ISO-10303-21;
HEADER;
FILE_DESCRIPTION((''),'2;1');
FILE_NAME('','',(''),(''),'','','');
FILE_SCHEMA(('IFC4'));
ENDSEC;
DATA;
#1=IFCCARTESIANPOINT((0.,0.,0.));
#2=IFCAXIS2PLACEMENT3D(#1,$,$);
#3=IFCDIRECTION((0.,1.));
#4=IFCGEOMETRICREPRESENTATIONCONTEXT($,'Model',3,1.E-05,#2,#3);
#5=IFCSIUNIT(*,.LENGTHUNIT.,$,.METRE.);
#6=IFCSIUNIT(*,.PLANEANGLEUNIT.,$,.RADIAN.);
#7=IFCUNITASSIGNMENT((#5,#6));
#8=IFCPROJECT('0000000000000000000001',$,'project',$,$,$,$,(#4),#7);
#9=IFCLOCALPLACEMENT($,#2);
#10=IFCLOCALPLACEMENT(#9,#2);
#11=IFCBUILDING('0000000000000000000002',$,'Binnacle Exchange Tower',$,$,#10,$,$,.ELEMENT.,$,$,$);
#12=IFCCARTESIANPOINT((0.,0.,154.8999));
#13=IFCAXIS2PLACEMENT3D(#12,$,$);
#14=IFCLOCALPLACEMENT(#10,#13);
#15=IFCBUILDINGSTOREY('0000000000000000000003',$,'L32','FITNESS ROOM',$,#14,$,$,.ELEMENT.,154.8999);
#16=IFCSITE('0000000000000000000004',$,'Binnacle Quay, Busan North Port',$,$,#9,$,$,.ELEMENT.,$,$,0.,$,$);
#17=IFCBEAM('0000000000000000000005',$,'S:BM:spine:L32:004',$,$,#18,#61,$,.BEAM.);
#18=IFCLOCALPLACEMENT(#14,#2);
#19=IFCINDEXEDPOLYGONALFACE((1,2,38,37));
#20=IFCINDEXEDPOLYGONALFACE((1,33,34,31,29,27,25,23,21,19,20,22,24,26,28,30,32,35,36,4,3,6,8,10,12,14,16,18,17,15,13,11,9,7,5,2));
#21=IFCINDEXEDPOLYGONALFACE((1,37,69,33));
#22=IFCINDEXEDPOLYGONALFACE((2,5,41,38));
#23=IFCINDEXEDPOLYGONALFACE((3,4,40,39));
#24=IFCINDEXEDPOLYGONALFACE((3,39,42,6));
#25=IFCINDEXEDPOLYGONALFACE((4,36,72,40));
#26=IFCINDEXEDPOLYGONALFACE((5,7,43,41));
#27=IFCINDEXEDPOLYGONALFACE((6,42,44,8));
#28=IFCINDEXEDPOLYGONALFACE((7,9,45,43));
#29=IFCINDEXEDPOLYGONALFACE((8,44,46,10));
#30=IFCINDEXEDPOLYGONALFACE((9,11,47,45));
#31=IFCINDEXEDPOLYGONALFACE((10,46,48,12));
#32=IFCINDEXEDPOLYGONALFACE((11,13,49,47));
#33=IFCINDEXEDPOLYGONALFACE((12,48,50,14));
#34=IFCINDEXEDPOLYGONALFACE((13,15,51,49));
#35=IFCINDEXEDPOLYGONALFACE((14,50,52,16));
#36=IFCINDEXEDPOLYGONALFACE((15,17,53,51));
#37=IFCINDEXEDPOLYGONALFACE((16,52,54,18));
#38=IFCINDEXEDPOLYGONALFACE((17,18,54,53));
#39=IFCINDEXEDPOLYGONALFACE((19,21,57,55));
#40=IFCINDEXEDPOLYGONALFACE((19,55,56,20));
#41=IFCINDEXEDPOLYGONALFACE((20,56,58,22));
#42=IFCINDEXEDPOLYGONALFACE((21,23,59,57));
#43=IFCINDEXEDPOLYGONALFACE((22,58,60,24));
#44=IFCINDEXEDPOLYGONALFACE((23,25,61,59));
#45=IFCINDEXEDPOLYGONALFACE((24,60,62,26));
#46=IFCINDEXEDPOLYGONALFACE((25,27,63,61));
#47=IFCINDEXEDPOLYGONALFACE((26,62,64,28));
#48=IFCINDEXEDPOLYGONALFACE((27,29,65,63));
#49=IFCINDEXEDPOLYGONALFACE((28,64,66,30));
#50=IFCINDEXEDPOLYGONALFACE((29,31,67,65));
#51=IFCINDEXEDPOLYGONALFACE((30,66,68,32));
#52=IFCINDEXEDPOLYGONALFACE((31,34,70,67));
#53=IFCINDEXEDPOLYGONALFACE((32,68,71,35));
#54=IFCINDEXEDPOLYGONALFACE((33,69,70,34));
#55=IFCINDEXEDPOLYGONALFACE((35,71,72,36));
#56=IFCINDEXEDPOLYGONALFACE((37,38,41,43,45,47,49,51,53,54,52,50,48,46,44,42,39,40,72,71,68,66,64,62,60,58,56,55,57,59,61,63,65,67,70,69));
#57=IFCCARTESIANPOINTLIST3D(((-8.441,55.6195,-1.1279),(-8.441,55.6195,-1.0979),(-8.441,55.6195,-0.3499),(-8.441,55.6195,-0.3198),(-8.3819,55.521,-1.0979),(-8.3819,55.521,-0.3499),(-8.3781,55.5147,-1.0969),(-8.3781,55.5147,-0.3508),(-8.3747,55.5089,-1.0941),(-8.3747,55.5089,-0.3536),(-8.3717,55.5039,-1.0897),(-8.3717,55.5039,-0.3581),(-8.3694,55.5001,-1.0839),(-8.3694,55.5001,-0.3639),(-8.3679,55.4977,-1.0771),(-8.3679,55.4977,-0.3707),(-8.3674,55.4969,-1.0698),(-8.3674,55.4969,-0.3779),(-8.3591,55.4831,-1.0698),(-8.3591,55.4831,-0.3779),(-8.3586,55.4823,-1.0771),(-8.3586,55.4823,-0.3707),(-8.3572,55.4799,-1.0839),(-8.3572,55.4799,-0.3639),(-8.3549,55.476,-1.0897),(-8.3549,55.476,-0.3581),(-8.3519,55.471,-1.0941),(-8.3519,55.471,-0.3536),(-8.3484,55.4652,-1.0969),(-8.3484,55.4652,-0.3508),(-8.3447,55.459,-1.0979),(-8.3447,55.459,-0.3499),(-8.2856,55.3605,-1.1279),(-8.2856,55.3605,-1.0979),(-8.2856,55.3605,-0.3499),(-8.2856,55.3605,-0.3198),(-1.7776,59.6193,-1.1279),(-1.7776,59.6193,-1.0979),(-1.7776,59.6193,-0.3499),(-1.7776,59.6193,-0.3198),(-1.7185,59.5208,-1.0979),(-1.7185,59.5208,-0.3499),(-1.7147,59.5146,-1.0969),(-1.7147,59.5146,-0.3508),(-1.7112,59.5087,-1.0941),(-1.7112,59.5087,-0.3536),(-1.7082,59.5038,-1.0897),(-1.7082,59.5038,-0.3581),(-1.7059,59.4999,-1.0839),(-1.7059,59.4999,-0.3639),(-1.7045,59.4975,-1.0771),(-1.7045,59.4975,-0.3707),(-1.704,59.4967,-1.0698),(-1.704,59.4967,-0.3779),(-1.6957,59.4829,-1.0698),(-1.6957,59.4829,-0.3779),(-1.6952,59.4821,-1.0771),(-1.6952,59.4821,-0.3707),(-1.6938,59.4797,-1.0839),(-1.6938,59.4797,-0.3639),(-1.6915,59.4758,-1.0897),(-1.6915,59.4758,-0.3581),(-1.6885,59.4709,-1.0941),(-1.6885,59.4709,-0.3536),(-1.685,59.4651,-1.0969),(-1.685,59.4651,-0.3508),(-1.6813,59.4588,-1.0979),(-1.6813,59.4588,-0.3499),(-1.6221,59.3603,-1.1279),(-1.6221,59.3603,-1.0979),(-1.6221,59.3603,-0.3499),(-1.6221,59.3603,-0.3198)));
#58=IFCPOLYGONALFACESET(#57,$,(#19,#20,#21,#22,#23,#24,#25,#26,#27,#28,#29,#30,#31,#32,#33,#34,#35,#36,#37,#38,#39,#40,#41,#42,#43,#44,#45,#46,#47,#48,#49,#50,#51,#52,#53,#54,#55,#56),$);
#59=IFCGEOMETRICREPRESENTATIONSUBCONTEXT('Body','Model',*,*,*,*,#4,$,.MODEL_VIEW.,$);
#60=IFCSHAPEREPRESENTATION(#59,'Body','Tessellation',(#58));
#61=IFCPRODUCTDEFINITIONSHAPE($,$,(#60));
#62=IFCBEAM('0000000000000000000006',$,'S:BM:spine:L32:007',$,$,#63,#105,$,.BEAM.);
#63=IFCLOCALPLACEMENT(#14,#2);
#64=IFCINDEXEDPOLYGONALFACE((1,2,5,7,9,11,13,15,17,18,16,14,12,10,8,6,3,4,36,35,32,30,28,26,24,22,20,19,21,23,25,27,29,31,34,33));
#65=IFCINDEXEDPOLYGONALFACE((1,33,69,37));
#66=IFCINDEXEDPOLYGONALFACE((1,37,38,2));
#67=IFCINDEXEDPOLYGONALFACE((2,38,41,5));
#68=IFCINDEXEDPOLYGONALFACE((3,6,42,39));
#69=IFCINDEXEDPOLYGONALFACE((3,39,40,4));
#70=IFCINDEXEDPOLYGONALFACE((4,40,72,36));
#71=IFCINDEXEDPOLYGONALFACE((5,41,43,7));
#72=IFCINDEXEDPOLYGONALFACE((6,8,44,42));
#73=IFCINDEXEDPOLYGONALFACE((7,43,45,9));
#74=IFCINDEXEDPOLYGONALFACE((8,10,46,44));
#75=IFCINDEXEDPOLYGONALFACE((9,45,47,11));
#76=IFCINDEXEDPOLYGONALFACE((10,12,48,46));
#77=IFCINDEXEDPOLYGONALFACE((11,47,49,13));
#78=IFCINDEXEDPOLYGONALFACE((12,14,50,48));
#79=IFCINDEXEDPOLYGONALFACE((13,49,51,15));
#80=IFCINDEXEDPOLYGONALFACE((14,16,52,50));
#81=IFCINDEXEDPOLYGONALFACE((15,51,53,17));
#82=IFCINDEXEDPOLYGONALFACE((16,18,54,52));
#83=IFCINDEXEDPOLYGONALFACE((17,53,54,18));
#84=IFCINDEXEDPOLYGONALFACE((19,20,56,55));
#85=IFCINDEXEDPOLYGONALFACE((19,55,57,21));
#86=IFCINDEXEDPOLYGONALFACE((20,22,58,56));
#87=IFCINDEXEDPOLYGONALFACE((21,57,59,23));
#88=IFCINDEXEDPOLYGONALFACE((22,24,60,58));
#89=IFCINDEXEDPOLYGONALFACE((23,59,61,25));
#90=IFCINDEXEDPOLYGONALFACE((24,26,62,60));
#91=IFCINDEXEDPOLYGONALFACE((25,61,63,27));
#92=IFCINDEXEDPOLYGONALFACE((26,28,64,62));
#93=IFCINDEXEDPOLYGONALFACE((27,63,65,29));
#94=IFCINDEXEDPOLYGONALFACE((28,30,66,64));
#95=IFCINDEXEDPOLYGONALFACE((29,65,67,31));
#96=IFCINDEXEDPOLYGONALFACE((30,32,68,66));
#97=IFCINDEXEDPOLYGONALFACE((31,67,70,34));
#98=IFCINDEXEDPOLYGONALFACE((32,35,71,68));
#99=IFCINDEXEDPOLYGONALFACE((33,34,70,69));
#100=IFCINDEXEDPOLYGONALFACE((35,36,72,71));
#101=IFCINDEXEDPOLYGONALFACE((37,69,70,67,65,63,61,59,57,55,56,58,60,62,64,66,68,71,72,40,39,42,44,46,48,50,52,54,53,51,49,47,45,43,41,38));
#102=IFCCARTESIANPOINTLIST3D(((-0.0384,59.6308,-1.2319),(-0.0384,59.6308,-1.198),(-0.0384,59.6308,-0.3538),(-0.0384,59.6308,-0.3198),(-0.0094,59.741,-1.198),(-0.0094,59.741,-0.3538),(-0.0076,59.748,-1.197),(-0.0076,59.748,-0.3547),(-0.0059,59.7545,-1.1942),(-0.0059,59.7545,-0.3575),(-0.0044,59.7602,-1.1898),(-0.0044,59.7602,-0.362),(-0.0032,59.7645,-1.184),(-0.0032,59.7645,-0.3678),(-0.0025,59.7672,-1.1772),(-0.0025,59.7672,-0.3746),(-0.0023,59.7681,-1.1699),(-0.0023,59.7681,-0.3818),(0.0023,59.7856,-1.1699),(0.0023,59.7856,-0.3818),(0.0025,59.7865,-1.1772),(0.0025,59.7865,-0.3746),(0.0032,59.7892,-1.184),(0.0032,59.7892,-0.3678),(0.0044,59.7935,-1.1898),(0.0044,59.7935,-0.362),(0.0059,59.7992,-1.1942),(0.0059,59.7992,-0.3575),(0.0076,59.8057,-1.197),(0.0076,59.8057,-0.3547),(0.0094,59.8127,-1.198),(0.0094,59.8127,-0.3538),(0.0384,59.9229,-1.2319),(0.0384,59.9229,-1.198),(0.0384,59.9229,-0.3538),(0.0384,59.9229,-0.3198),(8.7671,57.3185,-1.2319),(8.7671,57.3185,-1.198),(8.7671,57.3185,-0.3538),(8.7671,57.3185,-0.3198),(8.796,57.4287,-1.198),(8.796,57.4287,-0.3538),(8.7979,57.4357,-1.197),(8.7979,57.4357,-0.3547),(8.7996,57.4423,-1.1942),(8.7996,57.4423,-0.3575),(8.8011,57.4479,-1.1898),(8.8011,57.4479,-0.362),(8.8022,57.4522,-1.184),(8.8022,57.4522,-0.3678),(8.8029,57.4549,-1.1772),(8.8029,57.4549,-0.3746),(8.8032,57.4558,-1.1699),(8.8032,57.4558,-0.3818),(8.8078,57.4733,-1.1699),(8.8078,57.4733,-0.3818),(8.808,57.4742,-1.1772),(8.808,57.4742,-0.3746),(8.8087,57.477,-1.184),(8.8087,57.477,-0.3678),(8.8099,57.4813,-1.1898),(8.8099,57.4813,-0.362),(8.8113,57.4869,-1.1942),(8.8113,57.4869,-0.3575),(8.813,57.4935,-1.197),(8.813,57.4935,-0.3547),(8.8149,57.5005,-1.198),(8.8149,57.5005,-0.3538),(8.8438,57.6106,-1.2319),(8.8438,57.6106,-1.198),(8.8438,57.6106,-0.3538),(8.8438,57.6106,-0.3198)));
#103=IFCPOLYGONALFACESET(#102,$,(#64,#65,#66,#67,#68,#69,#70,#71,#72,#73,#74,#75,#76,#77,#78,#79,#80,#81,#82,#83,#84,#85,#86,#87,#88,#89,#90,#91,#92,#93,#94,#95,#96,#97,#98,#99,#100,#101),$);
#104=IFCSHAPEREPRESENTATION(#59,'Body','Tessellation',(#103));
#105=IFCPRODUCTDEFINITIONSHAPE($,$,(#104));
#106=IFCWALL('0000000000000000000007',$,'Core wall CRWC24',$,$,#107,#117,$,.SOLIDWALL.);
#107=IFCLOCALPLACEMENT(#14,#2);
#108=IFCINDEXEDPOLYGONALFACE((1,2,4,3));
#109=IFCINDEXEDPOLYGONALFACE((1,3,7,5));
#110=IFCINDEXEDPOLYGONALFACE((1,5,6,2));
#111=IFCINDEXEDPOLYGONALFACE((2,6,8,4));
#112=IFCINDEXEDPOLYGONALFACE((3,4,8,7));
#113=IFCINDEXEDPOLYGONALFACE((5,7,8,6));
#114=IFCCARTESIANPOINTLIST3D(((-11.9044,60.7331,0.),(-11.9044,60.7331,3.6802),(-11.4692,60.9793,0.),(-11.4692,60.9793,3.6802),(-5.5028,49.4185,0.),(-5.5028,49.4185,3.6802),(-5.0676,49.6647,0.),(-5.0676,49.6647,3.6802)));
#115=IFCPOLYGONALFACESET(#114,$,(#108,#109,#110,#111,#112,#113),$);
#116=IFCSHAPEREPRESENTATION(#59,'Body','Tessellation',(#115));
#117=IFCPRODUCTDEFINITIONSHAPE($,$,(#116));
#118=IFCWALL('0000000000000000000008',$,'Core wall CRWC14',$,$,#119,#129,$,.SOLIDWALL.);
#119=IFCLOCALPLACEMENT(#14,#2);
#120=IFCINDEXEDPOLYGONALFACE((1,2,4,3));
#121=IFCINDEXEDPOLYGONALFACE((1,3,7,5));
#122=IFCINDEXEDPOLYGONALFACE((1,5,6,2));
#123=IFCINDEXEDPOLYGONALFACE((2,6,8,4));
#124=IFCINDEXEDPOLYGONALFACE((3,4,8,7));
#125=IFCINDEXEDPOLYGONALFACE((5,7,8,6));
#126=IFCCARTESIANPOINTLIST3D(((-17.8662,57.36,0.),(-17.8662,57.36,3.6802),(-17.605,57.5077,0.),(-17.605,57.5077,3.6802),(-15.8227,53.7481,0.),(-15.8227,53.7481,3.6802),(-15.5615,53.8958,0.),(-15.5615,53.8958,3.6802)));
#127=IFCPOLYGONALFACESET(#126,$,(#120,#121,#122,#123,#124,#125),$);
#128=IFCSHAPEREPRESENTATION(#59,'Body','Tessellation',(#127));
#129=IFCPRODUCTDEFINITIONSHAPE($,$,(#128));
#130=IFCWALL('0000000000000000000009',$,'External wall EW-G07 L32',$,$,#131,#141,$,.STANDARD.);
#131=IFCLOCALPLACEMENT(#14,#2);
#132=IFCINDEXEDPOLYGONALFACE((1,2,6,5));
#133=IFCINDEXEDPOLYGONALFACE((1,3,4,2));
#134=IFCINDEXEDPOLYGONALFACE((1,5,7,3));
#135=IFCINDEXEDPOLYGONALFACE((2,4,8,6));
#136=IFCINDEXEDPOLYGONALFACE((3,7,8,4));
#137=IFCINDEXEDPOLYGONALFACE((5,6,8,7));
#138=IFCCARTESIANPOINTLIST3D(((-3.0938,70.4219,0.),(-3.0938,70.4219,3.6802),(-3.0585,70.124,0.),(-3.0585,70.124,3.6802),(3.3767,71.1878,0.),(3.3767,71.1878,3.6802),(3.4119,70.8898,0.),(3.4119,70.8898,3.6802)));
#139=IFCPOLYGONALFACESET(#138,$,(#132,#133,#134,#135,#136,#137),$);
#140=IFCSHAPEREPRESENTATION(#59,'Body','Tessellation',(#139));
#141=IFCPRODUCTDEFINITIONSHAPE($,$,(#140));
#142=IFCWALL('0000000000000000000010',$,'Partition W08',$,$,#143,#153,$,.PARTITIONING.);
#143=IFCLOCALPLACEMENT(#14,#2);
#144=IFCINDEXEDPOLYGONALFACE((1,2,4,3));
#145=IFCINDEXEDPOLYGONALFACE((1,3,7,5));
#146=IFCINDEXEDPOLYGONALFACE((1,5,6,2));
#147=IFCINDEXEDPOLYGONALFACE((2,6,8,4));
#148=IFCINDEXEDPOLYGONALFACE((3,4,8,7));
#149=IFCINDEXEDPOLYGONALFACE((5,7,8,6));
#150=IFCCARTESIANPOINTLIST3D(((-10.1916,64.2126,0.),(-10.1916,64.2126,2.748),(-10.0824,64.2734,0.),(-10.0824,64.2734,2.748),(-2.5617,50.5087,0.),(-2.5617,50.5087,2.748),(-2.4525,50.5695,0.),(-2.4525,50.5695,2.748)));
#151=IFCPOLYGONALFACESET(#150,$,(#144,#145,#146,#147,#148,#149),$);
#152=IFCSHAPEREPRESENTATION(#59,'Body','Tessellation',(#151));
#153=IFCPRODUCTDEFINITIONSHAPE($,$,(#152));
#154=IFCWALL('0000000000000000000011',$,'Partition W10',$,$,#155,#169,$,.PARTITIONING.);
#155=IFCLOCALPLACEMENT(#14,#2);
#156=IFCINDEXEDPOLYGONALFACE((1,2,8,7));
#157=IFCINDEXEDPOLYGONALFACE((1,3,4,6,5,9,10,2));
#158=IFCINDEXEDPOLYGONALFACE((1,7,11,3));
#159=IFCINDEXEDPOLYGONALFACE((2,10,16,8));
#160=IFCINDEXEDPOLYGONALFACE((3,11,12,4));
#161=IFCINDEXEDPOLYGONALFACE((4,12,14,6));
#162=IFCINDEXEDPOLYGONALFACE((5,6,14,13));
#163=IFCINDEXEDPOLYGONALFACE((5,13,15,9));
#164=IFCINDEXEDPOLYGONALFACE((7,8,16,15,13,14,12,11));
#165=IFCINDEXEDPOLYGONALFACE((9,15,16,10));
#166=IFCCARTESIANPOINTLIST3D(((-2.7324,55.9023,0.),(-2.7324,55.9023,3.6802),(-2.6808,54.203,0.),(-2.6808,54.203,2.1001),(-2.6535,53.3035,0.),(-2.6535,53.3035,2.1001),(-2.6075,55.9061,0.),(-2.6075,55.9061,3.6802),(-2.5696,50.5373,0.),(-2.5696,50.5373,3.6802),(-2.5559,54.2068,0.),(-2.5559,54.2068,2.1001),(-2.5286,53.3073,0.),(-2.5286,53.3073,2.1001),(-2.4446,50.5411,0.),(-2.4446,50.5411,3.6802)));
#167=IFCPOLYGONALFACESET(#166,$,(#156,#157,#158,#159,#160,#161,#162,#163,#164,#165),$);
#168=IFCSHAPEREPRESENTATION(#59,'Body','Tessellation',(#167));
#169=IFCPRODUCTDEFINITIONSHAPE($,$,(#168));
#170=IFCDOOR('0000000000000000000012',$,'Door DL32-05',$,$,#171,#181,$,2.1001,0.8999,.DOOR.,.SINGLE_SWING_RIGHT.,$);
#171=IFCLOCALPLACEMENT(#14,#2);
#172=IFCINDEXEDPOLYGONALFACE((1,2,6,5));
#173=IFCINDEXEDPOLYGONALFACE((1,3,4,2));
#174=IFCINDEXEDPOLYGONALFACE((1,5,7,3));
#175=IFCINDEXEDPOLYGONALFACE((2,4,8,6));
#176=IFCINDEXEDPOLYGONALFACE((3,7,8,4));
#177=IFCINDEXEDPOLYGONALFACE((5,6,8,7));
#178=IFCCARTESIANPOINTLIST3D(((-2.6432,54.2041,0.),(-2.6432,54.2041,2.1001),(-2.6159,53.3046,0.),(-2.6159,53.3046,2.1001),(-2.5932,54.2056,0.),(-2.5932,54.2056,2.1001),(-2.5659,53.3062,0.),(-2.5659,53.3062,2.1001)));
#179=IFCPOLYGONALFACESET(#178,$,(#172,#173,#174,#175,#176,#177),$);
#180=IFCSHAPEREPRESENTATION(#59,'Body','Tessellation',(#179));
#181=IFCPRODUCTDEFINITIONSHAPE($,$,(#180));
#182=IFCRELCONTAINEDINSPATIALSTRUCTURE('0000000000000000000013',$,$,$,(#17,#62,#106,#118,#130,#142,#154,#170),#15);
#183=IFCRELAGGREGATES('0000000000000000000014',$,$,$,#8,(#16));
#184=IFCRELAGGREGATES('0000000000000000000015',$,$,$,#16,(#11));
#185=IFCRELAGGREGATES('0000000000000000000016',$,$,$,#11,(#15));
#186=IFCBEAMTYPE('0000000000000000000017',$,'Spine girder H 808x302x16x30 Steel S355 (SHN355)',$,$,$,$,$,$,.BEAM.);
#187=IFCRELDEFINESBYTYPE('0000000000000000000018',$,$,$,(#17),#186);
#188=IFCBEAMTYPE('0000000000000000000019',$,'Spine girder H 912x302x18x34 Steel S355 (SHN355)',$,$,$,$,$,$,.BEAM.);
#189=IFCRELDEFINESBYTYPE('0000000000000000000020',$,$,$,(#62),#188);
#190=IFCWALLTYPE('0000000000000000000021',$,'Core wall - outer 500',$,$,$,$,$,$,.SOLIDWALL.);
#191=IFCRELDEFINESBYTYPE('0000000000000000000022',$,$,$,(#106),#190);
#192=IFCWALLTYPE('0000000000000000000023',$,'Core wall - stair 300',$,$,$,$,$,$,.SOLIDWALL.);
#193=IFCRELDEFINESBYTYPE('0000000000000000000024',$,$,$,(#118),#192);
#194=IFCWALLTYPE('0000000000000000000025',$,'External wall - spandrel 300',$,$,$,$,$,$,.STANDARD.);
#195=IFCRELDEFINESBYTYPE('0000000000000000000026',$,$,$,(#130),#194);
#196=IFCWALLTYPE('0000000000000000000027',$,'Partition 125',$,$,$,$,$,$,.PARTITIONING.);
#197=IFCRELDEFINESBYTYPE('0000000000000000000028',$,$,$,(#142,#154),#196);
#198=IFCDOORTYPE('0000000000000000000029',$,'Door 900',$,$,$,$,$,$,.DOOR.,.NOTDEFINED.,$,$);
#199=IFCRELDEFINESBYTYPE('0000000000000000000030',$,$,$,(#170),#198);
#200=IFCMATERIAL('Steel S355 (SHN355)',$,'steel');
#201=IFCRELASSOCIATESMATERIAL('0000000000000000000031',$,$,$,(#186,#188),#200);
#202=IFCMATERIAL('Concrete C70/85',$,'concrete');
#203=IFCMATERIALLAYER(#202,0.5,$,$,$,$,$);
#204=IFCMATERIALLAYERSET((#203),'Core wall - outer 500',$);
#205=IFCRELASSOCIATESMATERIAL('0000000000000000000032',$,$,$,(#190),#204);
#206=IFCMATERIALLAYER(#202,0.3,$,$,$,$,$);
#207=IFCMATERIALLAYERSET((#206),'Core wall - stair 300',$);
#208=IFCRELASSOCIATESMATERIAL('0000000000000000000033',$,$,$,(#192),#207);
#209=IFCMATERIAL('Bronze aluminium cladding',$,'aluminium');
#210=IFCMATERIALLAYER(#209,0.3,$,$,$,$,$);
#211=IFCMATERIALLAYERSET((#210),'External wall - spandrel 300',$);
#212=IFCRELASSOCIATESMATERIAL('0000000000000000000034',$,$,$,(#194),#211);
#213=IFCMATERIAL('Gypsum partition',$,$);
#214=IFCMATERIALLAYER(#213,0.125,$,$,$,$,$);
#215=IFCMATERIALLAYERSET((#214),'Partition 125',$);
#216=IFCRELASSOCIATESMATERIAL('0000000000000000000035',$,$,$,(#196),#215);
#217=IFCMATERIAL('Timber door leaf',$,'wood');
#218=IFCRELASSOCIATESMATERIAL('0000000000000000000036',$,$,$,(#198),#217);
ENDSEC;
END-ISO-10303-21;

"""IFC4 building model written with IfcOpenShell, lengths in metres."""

from ifc_helpers import new_model, si_unit, direction, frame, frame_2d, origin, origin_2d, place, context, subcontext, project, spatial, rectangle, i_section, extrude, material, layer, layer_set, material_profile, profile_set, type_object, element, fill, save


model = new_model("IFC4")

# Units and contexts
model_context = context("Model", 3, precision=1e-05, world=origin(), true_north=direction((0.0, 1.0)))
body_context = subcontext(model_context, "Body", "Model", "MODEL_VIEW")
ifc_project = project(units=[si_unit("LENGTHUNIT", "METRE"), si_unit("PLANEANGLEUNIT", "RADIAN")], contexts=[model_context])

# Site, building, storey
site_placement = place(None, origin())
site = spatial("IfcSite", under=ifc_project, at=site_placement, Name="Binnacle Quay, Busan North Port", CompositionType="ELEMENT", RefElevation=0.0)
building_placement = place(site_placement, origin())
building = spatial("IfcBuilding", under=site, at=building_placement, Name="Binnacle Exchange Tower", CompositionType="ELEMENT")
storey_placement = place(building_placement, frame((0.0, 0.0, 154.8999)))
storey = spatial("IfcBuildingStorey", under=building, at=storey_placement, Name="L32", Description="FITNESS ROOM", CompositionType="ELEMENT", Elevation=154.8999)

# Shared definitions
ifc_material_1 = material(Name="Concrete C70/85", Category="concrete")

# Beams
ifc_material_2 = material(Name="Steel S355 (SHN355)", Category="steel")
ifc_material_profile_1 = material_profile(ifc_material_2, i_section(OverallWidth=0.302, OverallDepth=0.8081, WebThickness=0.0161, FlangeThickness=0.03, FilletRadius=0.0281, at=origin_2d()), Name="H 808x302x16x30")
ifc_profile_set_1 = profile_set([ifc_material_profile_1], Name="Steel S355 (SHN355)")
beam_type_1 = type_object("IfcBeamType", Name="Spine girder H 808x302x16x30 Steel S355 (SHN355)", PredefinedType="BEAM", material=ifc_profile_set_1)
beam_1_placement = place(storey_placement, frame((-8.3633, 55.49, -0.7239), z_axis=(0.857393, 0.514662, 0.0), x_axis=(-0.514662, 0.857393, 0.0)))
element("IfcBeam", 1, at=beam_1_placement, inside=storey, type_object=beam_type_1, Name="S:BM:spine:L32:004", PredefinedType="BEAM", context=body_context, shape_type="SweptSolid", body=[
    extrude(i_section(OverallWidth=0.302, OverallDepth=0.8081, WebThickness=0.0161, FlangeThickness=0.03, FilletRadius=0.0281, at=origin_2d()), origin(), (0.0, 0.0, 1.0), 7.7717),
])
ifc_material_profile_2 = material_profile(ifc_material_2, i_section(OverallWidth=0.302, OverallDepth=0.9121, WebThickness=0.0181, FlangeThickness=0.0339, FilletRadius=0.0281, at=origin_2d()), Name="H 912x302x18x34")
ifc_profile_set_2 = profile_set([ifc_material_profile_2], Name="Steel S355 (SHN355)")
beam_type_2 = type_object("IfcBeamType", Name="Spine girder H 912x302x18x34 Steel S355 (SHN355)", PredefinedType="BEAM", material=ifc_profile_set_2)
beam_2_placement = place(storey_placement, frame((0.0, 59.7769, -0.7759), z_axis=(0.967208, -0.253984, 0.0), x_axis=(0.253984, 0.967208, 0.0)))
element("IfcBeam", 2, at=beam_2_placement, inside=storey, type_object=beam_type_2, Name="S:BM:spine:L32:007", PredefinedType="BEAM", context=body_context, shape_type="SweptSolid", body=[
    extrude(i_section(OverallWidth=0.302, OverallDepth=0.9121, WebThickness=0.0181, FlangeThickness=0.0339, FilletRadius=0.0281, at=origin_2d()), origin(), (0.0, 0.0, 1.0), 9.104),
])

# Walls
ifc_layer_1 = layer(ifc_material_1, 0.5)
ifc_layer_set_1 = layer_set([ifc_layer_1], Name="Core wall - outer 500")
wall_type_1 = type_object("IfcWallType", Name="Core wall - outer 500", PredefinedType="SOLIDWALL", material=ifc_layer_set_1)
wall_1_placement = place(storey_placement, frame((-11.6868, 60.8562, 0.0), z_axis=(0.0, 0.0, 1.0), x_axis=(0.492427, -0.870354, 0.0)))
element("IfcWall", 3, at=wall_1_placement, inside=storey, type_object=wall_type_1, Name="Core wall CRWC24", PredefinedType="SOLIDWALL", context=body_context, shape_type="SweptSolid", body=[
    extrude(rectangle(XDim=13.0, YDim=0.5, at=frame_2d((6.5, 0.0))), origin(), (0.0, 0.0, 1.0), 3.6802),
])
ifc_layer_2 = layer(ifc_material_1, 0.3)
ifc_layer_set_2 = layer_set([ifc_layer_2], Name="Core wall - stair 300")
wall_type_2 = type_object("IfcWallType", Name="Core wall - stair 300", PredefinedType="SOLIDWALL", material=ifc_layer_set_2)
wall_2_placement = place(storey_placement, frame((-17.7356, 57.4338, 0.0), z_axis=(0.0, 0.0, 1.0), x_axis=(0.492422, -0.870357, 0.0)))
element("IfcWall", 4, at=wall_2_placement, inside=storey, type_object=wall_type_2, Name="Core wall CRWC14", PredefinedType="SOLIDWALL", context=body_context, shape_type="SweptSolid", body=[
    extrude(rectangle(XDim=4.1499, YDim=0.3, at=frame_2d((2.075, 0.0))), origin(), (0.0, 0.0, 1.0), 3.6802),
])
ifc_material_3 = material(Name="Bronze aluminium cladding", Category="aluminium")
ifc_layer_3 = layer(ifc_material_3, 0.3)
ifc_layer_set_3 = layer_set([ifc_layer_3], Name="External wall - spandrel 300")
wall_type_3 = type_object("IfcWallType", Name="External wall - spandrel 300", PredefinedType="STANDARD", material=ifc_layer_set_3)
wall_3_placement = place(storey_placement, frame((-3.0762, 70.2729, 0.0), z_axis=(0.0, 0.0, 1.0), x_axis=(0.993068, 0.117543, 0.0)))
element("IfcWall", 5, at=wall_3_placement, inside=storey, type_object=wall_type_3, Name="External wall EW-G07 L32", PredefinedType="STANDARD", context=body_context, shape_type="SweptSolid", body=[
    extrude(rectangle(XDim=6.5156, YDim=0.3, at=frame_2d((3.2578, 0.0))), origin(), (0.0, 0.0, 1.0), 3.6802),
])
ifc_material_4 = material(Name="Gypsum partition")
ifc_layer_4 = layer(ifc_material_4, 0.125)
ifc_layer_set_4 = layer_set([ifc_layer_4], Name="Partition 125")
wall_type_4 = type_object("IfcWallType", Name="Partition 125", PredefinedType="PARTITIONING", material=ifc_layer_set_4)
wall_4_placement = place(storey_placement, frame((-10.137, 64.2429, 0.0), z_axis=(0.0, 0.0, 1.0), x_axis=(0.486453, -0.873707, 0.0)))
element("IfcWall", 6, at=wall_4_placement, inside=storey, type_object=wall_type_4, Name="Partition W08", PredefinedType="PARTITIONING", context=body_context, shape_type="SweptSolid", body=[
    extrude(rectangle(XDim=15.6848, YDim=0.125, at=frame_2d((7.8423, 0.0))), origin(), (0.0, 0.0, 1.0), 2.748),
])

# Wall, opening, door
wall_5_placement = place(storey_placement, frame((-2.6699, 55.9041, 0.0), z_axis=(0.0, 0.0, 1.0), x_axis=(0.030339, -0.99954, 0.0)))
wall_5 = element("IfcWall", 7, at=wall_5_placement, inside=storey, type_object=wall_type_4, Name="Partition W10", PredefinedType="PARTITIONING", context=body_context, shape_type="SweptSolid", body=[
    extrude(rectangle(XDim=5.3674, YDim=0.125, at=frame_2d((2.6836, 0.0))), origin(), (0.0, 0.0, 1.0), 3.6802),
])
opening_placement = place(wall_5_placement, frame((1.7, 0.0, 0.0)))
opening = element("IfcOpeningElement", 8, at=opening_placement, cuts=wall_5, PredefinedType="OPENING", context=body_context, shape_type="SweptSolid", body=[
    extrude(rectangle(XDim=0.8999, YDim=2.1001, at=frame_2d((0.45, 1.05))), frame((0.0, 0.0725, 0.0), z_axis=(0.0, -1.0, 0.0), x_axis=(1.0, 0.0, 0.0)), (0.0, 0.0, 1.0), 0.145),
])
ifc_material_5 = material(Name="Timber door leaf", Category="wood")
door_type = type_object("IfcDoorType", Name="Door 900", OperationType="NOTDEFINED", PredefinedType="DOOR", material=ifc_material_5)
door_placement = place(opening_placement, frame((0.8999, 0.0, 0.0), z_axis=(0.0, 0.0, 1.0), x_axis=(-1.0, 0.0, 0.0)))
door = element("IfcDoor", 9, at=door_placement, inside=storey, type_object=door_type, Name="Door DL32-05", OperationType="SINGLE_SWING_RIGHT", OverallHeight=2.1001, OverallWidth=0.8999, PredefinedType="DOOR", context=body_context, shape_type="SweptSolid", body=[
    extrude(rectangle(XDim=0.8999, YDim=2.1001, at=frame_2d((0.45, 1.05))), frame((0.0, 0.0249, 0.0), z_axis=(0.0, -1.0, 0.0), x_axis=(1.0, 0.0, 0.0)), (0.0, 0.0, 1.0), 0.05),
])
fill(opening, door)

save(model, "model.ifc")
